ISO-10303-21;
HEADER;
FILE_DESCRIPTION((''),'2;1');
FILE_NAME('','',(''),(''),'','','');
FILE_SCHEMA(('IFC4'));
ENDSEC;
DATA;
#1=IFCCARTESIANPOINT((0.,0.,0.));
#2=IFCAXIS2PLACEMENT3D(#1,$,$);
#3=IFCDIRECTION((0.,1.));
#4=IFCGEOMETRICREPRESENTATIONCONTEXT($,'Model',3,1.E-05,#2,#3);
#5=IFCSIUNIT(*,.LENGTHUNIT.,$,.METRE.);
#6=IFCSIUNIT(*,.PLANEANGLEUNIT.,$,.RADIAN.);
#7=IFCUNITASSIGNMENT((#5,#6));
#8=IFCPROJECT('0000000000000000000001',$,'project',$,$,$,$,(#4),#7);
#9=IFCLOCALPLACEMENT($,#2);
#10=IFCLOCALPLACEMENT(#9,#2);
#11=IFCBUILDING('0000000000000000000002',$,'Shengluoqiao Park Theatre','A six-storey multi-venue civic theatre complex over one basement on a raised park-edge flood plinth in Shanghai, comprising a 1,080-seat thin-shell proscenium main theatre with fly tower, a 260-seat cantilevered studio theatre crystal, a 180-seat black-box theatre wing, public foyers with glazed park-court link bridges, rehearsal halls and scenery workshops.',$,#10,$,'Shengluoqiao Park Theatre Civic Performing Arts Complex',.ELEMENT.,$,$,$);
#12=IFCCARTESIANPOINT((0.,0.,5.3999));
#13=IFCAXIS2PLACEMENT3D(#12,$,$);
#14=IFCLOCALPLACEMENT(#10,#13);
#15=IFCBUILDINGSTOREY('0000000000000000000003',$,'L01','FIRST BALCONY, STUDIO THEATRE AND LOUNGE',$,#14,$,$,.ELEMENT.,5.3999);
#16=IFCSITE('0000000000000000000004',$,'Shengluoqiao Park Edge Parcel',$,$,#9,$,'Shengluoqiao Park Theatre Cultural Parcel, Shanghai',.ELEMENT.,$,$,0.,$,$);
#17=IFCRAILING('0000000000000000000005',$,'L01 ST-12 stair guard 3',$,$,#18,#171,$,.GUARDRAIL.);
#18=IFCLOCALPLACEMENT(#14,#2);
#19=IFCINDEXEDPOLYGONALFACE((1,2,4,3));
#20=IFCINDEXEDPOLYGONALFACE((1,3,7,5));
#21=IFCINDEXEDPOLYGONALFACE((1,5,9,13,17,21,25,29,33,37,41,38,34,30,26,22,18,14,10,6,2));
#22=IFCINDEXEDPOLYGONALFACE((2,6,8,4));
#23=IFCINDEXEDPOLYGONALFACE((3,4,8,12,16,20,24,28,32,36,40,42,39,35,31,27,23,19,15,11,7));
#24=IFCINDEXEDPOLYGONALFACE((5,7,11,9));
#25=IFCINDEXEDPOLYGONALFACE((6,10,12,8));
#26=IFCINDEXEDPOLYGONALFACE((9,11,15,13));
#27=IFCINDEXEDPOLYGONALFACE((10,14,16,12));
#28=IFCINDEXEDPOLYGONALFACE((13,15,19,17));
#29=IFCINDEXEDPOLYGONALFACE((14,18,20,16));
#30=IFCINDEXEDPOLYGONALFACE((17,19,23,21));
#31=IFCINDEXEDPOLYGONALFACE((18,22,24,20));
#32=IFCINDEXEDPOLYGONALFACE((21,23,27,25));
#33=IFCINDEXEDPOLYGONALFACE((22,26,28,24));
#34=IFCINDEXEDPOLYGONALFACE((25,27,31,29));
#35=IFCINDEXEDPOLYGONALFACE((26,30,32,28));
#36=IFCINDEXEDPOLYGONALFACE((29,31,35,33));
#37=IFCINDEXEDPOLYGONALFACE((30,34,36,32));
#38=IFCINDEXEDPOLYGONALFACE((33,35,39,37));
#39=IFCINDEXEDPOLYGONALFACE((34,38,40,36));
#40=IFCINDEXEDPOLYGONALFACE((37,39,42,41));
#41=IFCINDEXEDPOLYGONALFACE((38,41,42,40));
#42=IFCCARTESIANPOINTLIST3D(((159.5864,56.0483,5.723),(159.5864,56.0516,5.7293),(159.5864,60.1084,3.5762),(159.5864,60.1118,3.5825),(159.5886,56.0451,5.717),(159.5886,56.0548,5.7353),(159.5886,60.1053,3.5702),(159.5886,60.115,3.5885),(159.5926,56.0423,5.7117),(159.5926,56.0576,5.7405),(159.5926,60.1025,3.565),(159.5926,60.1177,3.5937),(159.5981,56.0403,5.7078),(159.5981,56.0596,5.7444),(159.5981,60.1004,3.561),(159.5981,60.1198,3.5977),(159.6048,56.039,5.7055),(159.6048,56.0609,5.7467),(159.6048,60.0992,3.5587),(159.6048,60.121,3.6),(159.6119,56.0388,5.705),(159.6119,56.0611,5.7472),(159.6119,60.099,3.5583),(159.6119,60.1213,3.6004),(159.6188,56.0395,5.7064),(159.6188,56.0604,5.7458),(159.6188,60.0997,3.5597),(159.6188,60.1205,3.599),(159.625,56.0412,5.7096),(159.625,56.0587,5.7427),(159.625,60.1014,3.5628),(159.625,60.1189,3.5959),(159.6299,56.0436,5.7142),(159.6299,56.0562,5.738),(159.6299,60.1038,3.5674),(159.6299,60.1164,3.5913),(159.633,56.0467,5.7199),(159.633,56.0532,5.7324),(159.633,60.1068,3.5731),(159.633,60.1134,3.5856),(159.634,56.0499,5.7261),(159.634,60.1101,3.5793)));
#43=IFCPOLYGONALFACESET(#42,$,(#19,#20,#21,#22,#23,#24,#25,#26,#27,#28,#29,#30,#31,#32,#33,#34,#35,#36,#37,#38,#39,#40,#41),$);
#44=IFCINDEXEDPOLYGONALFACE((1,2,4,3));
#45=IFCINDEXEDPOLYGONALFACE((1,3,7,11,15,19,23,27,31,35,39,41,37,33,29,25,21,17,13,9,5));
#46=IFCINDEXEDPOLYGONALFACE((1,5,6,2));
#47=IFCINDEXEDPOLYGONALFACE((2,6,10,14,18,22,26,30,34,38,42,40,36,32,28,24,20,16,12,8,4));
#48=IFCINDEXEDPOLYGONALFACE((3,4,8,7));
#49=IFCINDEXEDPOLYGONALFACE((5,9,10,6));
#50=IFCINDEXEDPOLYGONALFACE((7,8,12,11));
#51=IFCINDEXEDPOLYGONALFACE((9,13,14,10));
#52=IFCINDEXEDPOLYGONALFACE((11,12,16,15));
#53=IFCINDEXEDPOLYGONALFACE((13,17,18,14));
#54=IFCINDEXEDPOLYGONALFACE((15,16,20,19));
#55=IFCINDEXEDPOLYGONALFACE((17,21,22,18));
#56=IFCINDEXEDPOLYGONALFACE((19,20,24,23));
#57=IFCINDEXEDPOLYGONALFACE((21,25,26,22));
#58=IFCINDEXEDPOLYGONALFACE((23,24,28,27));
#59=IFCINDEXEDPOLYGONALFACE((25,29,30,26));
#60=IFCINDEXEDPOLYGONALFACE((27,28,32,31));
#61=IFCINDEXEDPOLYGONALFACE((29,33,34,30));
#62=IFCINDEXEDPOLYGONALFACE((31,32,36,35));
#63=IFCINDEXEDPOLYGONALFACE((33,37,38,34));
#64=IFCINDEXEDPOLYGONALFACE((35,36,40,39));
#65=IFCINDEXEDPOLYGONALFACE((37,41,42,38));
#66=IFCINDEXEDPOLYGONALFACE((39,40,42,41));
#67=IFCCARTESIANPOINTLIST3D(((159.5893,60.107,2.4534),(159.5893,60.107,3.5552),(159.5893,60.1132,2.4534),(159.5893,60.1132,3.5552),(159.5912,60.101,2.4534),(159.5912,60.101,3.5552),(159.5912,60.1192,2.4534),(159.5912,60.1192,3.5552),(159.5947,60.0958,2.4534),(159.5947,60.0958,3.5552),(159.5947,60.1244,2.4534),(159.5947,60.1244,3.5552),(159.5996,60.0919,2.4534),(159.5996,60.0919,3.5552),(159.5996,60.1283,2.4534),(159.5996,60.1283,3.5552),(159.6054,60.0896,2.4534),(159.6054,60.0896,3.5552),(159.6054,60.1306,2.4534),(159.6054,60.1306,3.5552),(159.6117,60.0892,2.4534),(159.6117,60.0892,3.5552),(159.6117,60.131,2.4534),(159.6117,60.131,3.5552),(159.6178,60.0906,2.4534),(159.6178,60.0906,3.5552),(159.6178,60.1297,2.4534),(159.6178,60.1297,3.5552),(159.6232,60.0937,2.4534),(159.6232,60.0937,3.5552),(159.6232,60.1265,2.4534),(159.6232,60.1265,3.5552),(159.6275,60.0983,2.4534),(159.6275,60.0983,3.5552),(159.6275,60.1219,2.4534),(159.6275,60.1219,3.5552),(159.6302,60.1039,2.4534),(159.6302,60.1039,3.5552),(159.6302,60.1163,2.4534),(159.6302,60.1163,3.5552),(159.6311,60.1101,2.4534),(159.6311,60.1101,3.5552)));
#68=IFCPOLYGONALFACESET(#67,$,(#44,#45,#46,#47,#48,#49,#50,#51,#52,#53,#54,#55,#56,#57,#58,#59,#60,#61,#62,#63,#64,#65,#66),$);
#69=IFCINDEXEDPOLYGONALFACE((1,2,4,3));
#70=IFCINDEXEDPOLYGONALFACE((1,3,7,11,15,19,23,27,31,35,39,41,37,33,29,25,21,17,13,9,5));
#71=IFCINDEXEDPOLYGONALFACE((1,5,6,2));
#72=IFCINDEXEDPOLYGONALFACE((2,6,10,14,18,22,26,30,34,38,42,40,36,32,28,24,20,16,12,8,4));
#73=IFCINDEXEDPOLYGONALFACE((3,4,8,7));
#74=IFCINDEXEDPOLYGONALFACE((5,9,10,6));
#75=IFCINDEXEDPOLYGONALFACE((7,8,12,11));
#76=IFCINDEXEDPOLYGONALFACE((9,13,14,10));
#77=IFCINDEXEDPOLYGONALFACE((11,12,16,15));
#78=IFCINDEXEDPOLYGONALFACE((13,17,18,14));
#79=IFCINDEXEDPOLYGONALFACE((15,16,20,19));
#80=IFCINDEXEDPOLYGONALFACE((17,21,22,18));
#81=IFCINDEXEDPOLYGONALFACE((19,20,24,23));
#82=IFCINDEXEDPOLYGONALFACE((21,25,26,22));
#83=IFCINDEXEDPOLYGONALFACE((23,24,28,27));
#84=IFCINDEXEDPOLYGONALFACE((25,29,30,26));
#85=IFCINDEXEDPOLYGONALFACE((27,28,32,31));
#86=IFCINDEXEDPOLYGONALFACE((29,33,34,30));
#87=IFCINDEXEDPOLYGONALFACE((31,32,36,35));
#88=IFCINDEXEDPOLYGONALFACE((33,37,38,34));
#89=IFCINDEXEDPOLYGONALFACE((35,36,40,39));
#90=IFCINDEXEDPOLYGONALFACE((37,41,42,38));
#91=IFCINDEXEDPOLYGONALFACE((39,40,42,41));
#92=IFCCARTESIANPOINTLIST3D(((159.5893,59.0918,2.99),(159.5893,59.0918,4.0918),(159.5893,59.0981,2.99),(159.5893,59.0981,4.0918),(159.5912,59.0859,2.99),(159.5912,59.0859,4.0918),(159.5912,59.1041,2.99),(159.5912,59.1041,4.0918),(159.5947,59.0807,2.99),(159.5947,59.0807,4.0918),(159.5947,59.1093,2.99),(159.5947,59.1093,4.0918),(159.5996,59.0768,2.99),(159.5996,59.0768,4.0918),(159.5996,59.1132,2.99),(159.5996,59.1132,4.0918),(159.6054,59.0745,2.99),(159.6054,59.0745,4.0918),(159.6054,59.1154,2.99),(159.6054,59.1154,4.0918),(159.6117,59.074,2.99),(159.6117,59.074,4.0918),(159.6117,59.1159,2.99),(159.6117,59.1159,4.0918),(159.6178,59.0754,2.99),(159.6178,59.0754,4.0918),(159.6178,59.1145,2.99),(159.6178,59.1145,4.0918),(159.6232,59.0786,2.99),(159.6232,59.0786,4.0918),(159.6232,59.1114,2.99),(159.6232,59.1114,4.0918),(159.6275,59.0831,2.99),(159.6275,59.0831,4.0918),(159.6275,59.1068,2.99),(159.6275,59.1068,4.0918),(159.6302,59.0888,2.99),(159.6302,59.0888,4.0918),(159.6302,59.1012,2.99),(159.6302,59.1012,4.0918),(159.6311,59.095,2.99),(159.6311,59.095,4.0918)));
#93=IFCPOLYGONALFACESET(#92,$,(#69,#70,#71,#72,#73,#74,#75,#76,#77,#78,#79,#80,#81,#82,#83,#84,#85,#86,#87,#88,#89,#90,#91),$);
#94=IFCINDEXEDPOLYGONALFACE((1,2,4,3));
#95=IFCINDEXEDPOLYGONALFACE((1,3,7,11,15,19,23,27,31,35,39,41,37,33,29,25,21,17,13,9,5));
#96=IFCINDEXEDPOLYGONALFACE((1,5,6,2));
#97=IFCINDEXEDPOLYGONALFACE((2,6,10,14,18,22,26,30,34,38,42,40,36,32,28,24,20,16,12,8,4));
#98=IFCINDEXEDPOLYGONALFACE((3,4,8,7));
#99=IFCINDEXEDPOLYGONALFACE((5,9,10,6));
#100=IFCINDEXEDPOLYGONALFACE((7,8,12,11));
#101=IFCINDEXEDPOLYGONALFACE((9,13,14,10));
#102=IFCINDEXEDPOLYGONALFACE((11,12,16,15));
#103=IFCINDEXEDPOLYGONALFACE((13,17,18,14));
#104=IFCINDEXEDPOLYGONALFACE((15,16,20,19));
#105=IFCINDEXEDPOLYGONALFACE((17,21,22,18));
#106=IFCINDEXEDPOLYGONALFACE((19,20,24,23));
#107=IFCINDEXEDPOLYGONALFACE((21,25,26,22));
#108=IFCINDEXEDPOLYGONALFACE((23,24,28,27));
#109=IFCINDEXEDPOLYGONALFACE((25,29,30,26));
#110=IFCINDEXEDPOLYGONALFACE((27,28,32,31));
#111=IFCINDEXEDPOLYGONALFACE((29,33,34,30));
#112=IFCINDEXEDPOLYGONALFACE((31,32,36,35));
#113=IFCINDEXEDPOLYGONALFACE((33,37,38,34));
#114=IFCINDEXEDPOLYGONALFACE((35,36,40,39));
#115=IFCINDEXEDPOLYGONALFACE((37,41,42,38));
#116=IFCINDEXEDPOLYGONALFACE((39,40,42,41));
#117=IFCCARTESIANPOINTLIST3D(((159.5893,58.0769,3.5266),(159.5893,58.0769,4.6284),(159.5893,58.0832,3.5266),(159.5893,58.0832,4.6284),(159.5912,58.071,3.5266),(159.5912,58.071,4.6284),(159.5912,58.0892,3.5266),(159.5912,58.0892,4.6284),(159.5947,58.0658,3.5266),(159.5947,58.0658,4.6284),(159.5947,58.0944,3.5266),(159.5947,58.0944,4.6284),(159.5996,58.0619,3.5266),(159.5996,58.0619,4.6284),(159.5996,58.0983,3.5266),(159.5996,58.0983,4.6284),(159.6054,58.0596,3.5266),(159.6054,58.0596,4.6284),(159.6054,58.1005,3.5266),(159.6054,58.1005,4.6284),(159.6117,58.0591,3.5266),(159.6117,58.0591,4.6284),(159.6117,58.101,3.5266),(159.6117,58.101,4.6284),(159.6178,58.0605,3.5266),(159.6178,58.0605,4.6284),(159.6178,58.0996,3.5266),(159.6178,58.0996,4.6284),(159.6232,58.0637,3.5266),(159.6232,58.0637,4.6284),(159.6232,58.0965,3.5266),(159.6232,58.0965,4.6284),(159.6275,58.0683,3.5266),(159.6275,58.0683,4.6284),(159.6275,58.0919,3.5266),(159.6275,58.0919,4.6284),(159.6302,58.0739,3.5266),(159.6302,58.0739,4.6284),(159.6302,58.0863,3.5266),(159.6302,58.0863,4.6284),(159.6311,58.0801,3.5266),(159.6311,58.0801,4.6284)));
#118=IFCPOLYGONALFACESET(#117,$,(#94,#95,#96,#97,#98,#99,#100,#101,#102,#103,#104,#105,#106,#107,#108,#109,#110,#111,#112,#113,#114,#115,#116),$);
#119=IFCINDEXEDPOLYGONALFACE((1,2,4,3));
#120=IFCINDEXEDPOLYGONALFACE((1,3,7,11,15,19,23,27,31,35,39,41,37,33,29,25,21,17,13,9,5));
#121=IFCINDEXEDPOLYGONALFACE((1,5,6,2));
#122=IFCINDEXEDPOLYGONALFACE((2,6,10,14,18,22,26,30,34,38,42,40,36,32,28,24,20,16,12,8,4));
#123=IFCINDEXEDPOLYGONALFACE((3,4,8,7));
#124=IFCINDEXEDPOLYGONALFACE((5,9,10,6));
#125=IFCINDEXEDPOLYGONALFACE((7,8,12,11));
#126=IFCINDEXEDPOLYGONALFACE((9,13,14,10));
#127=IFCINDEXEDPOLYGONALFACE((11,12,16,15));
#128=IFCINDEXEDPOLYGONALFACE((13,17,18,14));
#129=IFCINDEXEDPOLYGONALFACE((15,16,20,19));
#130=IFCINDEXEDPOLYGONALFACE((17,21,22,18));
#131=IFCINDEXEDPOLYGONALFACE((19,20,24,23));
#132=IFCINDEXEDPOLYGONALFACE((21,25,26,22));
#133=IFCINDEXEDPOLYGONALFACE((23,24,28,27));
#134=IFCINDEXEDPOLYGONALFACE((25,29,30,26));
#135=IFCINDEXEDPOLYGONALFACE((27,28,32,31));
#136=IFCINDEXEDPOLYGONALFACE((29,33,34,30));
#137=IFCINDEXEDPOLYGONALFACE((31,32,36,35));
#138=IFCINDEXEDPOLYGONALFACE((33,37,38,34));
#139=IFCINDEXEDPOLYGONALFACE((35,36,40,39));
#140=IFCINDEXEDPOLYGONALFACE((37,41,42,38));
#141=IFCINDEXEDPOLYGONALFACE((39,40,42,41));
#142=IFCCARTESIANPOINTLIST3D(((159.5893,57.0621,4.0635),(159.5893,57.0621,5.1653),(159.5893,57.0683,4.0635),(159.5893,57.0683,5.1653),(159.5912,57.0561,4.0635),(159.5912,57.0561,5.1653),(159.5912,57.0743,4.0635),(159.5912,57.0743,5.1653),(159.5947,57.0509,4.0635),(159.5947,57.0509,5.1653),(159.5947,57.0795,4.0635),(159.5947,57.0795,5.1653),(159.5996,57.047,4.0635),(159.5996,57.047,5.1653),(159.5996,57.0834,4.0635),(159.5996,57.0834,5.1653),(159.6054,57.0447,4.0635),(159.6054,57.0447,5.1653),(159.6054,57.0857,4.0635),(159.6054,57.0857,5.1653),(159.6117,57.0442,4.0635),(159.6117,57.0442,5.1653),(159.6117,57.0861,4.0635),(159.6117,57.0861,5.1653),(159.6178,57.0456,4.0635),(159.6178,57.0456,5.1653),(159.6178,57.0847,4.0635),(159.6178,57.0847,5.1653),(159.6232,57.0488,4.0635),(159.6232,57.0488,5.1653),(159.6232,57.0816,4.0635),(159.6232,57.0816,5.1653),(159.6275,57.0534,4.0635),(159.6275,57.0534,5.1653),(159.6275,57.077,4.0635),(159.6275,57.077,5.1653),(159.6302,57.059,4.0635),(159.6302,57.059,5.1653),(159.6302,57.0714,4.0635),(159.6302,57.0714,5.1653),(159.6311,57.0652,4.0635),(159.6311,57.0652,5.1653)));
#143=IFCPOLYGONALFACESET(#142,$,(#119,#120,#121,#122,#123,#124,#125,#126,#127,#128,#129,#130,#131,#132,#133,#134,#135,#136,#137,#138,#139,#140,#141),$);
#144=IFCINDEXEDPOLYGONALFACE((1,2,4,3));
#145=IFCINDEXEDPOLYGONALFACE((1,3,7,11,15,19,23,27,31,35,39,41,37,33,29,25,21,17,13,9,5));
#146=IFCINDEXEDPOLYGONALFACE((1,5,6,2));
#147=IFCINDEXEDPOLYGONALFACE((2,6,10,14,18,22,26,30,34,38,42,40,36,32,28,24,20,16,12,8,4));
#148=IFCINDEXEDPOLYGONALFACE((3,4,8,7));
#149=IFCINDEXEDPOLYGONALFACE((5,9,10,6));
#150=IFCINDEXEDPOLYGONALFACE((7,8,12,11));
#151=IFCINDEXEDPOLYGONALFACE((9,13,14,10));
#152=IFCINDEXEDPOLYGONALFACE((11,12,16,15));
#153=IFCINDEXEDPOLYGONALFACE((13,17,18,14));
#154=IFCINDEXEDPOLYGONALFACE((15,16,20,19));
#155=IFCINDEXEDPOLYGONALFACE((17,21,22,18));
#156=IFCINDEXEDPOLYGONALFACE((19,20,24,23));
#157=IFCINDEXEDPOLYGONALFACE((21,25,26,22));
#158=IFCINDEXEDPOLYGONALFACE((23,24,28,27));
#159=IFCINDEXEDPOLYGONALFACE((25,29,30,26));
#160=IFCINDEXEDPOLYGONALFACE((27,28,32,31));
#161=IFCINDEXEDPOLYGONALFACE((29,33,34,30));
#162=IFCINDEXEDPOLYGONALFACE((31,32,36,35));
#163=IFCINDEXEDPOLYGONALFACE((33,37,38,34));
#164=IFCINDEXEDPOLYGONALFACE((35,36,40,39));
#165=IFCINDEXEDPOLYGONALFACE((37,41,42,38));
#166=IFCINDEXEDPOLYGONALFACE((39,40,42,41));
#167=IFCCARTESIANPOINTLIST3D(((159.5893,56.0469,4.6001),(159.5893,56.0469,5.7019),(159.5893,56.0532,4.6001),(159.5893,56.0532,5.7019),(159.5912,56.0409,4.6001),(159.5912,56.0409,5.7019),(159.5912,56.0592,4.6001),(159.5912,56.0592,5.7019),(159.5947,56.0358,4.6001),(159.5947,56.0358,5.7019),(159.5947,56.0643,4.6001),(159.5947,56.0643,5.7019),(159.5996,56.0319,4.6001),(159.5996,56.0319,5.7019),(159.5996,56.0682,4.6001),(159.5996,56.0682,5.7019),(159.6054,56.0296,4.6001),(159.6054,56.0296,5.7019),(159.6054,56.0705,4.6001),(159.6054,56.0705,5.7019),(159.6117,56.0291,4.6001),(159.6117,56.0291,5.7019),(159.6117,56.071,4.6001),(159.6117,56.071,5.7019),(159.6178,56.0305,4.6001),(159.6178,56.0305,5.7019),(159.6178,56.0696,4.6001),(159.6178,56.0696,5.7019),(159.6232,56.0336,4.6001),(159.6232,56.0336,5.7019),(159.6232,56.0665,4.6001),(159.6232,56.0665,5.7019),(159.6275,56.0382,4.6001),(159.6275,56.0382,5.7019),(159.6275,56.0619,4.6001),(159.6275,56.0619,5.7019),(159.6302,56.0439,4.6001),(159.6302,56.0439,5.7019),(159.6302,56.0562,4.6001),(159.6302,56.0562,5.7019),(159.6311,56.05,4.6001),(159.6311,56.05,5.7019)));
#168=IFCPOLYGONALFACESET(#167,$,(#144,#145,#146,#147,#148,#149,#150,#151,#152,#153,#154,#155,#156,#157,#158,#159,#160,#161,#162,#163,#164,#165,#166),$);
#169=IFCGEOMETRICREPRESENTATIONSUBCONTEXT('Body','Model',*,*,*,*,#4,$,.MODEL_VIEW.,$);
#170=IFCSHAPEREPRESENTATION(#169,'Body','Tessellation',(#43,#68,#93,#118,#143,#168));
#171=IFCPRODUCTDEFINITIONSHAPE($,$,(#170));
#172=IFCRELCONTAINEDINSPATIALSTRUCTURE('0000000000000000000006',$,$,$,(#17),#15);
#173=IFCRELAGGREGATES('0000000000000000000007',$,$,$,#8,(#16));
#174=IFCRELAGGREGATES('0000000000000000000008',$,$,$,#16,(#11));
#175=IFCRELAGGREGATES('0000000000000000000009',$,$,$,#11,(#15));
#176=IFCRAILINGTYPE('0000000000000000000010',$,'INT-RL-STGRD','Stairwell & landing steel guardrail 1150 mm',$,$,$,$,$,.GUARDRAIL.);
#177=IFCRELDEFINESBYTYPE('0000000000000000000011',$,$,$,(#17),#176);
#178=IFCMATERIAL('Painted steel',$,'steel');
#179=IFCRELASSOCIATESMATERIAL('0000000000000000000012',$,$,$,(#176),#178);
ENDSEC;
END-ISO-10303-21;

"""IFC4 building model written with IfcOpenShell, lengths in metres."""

from ifc_helpers import new_model, si_unit, direction, frame, origin, origin_2d, place, context, subcontext, project, spatial, circle, extrude, material, type_object, element, save


model = new_model("IFC4")

# Units and contexts
model_context = context("Model", 3, precision=1e-05, world=origin(), true_north=direction((0.0, 1.0)))
body_context = subcontext(model_context, "Body", "Model", "MODEL_VIEW")
ifc_project = project(units=[si_unit("LENGTHUNIT", "METRE"), si_unit("PLANEANGLEUNIT", "RADIAN")], contexts=[model_context])

# Site, building, storey
site_placement = place(None, origin())
site = spatial("IfcSite", under=ifc_project, at=site_placement, Name="Shengluoqiao Park Edge Parcel", LongName="Shengluoqiao Park Theatre Cultural Parcel, Shanghai", CompositionType="ELEMENT", RefElevation=0.0)
building_placement = place(site_placement, origin())
building = spatial("IfcBuilding", under=site, at=building_placement, Name="Shengluoqiao Park Theatre", Description="A six-storey multi-venue civic theatre complex over one basement on a raised park-edge flood plinth in Shanghai, comprising a 1,080-seat thin-shell proscenium main theatre with fly tower, a 260-seat cantilevered studio theatre crystal, a 180-seat black-box theatre wing, public foyers with glazed park-court link bridges, rehearsal halls and scenery workshops.", LongName="Shengluoqiao Park Theatre Civic Performing Arts Complex", CompositionType="ELEMENT")
storey_placement = place(building_placement, frame((0.0, 0.0, 5.3999)))
storey = spatial("IfcBuildingStorey", under=building, at=storey_placement, Name="L01", Description="FIRST BALCONY, STUDIO THEATRE AND LOUNGE", CompositionType="ELEMENT", Elevation=5.3999)

# Railing
ifc_material_1 = material(Name="Painted steel", Category="steel")
railing_type_1 = type_object("IfcRailingType", Name="INT-RL-STGRD", Description="Stairwell & landing steel guardrail 1150 mm", PredefinedType="GUARDRAIL", material=ifc_material_1)
railing_1_placement = place(storey_placement, frame((159.6101, 60.1101, 2.4534)))
element("IfcRailing", 1, at=railing_1_placement, inside=storey, type_object=railing_type_1, Name="L01 ST-12 stair guard 3", PredefinedType="GUARDRAIL", context=body_context, shape_type="SweptSolid", body=[
    extrude(circle(Radius=0.0239, at=origin_2d()), frame((0.0, 0.0, 1.126), z_axis=(0.0, -0.884032, 0.467426), x_axis=(1.0, 0.0, 0.0)), (0.0, 0.0, 1.0), 4.5928),
    extrude(circle(Radius=0.021, at=origin_2d()), origin(), (0.0, 0.0, 1.0), 1.1018),
    extrude(circle(Radius=0.021, at=origin_2d()), frame((0.0, -1.0151, 0.5366)), (0.0, 0.0, 1.0), 1.1018),
    extrude(circle(Radius=0.021, at=origin_2d()), frame((0.0, -2.03, 1.0732)), (0.0, 0.0, 1.0), 1.1018),
    extrude(circle(Radius=0.021, at=origin_2d()), frame((0.0, -3.0449, 1.6101)), (0.0, 0.0, 1.0), 1.1018),
    extrude(circle(Radius=0.021, at=origin_2d()), frame((0.0, -4.0601, 2.1467)), (0.0, 0.0, 1.0), 1.1018),
])

save(model, "model.ifc")
